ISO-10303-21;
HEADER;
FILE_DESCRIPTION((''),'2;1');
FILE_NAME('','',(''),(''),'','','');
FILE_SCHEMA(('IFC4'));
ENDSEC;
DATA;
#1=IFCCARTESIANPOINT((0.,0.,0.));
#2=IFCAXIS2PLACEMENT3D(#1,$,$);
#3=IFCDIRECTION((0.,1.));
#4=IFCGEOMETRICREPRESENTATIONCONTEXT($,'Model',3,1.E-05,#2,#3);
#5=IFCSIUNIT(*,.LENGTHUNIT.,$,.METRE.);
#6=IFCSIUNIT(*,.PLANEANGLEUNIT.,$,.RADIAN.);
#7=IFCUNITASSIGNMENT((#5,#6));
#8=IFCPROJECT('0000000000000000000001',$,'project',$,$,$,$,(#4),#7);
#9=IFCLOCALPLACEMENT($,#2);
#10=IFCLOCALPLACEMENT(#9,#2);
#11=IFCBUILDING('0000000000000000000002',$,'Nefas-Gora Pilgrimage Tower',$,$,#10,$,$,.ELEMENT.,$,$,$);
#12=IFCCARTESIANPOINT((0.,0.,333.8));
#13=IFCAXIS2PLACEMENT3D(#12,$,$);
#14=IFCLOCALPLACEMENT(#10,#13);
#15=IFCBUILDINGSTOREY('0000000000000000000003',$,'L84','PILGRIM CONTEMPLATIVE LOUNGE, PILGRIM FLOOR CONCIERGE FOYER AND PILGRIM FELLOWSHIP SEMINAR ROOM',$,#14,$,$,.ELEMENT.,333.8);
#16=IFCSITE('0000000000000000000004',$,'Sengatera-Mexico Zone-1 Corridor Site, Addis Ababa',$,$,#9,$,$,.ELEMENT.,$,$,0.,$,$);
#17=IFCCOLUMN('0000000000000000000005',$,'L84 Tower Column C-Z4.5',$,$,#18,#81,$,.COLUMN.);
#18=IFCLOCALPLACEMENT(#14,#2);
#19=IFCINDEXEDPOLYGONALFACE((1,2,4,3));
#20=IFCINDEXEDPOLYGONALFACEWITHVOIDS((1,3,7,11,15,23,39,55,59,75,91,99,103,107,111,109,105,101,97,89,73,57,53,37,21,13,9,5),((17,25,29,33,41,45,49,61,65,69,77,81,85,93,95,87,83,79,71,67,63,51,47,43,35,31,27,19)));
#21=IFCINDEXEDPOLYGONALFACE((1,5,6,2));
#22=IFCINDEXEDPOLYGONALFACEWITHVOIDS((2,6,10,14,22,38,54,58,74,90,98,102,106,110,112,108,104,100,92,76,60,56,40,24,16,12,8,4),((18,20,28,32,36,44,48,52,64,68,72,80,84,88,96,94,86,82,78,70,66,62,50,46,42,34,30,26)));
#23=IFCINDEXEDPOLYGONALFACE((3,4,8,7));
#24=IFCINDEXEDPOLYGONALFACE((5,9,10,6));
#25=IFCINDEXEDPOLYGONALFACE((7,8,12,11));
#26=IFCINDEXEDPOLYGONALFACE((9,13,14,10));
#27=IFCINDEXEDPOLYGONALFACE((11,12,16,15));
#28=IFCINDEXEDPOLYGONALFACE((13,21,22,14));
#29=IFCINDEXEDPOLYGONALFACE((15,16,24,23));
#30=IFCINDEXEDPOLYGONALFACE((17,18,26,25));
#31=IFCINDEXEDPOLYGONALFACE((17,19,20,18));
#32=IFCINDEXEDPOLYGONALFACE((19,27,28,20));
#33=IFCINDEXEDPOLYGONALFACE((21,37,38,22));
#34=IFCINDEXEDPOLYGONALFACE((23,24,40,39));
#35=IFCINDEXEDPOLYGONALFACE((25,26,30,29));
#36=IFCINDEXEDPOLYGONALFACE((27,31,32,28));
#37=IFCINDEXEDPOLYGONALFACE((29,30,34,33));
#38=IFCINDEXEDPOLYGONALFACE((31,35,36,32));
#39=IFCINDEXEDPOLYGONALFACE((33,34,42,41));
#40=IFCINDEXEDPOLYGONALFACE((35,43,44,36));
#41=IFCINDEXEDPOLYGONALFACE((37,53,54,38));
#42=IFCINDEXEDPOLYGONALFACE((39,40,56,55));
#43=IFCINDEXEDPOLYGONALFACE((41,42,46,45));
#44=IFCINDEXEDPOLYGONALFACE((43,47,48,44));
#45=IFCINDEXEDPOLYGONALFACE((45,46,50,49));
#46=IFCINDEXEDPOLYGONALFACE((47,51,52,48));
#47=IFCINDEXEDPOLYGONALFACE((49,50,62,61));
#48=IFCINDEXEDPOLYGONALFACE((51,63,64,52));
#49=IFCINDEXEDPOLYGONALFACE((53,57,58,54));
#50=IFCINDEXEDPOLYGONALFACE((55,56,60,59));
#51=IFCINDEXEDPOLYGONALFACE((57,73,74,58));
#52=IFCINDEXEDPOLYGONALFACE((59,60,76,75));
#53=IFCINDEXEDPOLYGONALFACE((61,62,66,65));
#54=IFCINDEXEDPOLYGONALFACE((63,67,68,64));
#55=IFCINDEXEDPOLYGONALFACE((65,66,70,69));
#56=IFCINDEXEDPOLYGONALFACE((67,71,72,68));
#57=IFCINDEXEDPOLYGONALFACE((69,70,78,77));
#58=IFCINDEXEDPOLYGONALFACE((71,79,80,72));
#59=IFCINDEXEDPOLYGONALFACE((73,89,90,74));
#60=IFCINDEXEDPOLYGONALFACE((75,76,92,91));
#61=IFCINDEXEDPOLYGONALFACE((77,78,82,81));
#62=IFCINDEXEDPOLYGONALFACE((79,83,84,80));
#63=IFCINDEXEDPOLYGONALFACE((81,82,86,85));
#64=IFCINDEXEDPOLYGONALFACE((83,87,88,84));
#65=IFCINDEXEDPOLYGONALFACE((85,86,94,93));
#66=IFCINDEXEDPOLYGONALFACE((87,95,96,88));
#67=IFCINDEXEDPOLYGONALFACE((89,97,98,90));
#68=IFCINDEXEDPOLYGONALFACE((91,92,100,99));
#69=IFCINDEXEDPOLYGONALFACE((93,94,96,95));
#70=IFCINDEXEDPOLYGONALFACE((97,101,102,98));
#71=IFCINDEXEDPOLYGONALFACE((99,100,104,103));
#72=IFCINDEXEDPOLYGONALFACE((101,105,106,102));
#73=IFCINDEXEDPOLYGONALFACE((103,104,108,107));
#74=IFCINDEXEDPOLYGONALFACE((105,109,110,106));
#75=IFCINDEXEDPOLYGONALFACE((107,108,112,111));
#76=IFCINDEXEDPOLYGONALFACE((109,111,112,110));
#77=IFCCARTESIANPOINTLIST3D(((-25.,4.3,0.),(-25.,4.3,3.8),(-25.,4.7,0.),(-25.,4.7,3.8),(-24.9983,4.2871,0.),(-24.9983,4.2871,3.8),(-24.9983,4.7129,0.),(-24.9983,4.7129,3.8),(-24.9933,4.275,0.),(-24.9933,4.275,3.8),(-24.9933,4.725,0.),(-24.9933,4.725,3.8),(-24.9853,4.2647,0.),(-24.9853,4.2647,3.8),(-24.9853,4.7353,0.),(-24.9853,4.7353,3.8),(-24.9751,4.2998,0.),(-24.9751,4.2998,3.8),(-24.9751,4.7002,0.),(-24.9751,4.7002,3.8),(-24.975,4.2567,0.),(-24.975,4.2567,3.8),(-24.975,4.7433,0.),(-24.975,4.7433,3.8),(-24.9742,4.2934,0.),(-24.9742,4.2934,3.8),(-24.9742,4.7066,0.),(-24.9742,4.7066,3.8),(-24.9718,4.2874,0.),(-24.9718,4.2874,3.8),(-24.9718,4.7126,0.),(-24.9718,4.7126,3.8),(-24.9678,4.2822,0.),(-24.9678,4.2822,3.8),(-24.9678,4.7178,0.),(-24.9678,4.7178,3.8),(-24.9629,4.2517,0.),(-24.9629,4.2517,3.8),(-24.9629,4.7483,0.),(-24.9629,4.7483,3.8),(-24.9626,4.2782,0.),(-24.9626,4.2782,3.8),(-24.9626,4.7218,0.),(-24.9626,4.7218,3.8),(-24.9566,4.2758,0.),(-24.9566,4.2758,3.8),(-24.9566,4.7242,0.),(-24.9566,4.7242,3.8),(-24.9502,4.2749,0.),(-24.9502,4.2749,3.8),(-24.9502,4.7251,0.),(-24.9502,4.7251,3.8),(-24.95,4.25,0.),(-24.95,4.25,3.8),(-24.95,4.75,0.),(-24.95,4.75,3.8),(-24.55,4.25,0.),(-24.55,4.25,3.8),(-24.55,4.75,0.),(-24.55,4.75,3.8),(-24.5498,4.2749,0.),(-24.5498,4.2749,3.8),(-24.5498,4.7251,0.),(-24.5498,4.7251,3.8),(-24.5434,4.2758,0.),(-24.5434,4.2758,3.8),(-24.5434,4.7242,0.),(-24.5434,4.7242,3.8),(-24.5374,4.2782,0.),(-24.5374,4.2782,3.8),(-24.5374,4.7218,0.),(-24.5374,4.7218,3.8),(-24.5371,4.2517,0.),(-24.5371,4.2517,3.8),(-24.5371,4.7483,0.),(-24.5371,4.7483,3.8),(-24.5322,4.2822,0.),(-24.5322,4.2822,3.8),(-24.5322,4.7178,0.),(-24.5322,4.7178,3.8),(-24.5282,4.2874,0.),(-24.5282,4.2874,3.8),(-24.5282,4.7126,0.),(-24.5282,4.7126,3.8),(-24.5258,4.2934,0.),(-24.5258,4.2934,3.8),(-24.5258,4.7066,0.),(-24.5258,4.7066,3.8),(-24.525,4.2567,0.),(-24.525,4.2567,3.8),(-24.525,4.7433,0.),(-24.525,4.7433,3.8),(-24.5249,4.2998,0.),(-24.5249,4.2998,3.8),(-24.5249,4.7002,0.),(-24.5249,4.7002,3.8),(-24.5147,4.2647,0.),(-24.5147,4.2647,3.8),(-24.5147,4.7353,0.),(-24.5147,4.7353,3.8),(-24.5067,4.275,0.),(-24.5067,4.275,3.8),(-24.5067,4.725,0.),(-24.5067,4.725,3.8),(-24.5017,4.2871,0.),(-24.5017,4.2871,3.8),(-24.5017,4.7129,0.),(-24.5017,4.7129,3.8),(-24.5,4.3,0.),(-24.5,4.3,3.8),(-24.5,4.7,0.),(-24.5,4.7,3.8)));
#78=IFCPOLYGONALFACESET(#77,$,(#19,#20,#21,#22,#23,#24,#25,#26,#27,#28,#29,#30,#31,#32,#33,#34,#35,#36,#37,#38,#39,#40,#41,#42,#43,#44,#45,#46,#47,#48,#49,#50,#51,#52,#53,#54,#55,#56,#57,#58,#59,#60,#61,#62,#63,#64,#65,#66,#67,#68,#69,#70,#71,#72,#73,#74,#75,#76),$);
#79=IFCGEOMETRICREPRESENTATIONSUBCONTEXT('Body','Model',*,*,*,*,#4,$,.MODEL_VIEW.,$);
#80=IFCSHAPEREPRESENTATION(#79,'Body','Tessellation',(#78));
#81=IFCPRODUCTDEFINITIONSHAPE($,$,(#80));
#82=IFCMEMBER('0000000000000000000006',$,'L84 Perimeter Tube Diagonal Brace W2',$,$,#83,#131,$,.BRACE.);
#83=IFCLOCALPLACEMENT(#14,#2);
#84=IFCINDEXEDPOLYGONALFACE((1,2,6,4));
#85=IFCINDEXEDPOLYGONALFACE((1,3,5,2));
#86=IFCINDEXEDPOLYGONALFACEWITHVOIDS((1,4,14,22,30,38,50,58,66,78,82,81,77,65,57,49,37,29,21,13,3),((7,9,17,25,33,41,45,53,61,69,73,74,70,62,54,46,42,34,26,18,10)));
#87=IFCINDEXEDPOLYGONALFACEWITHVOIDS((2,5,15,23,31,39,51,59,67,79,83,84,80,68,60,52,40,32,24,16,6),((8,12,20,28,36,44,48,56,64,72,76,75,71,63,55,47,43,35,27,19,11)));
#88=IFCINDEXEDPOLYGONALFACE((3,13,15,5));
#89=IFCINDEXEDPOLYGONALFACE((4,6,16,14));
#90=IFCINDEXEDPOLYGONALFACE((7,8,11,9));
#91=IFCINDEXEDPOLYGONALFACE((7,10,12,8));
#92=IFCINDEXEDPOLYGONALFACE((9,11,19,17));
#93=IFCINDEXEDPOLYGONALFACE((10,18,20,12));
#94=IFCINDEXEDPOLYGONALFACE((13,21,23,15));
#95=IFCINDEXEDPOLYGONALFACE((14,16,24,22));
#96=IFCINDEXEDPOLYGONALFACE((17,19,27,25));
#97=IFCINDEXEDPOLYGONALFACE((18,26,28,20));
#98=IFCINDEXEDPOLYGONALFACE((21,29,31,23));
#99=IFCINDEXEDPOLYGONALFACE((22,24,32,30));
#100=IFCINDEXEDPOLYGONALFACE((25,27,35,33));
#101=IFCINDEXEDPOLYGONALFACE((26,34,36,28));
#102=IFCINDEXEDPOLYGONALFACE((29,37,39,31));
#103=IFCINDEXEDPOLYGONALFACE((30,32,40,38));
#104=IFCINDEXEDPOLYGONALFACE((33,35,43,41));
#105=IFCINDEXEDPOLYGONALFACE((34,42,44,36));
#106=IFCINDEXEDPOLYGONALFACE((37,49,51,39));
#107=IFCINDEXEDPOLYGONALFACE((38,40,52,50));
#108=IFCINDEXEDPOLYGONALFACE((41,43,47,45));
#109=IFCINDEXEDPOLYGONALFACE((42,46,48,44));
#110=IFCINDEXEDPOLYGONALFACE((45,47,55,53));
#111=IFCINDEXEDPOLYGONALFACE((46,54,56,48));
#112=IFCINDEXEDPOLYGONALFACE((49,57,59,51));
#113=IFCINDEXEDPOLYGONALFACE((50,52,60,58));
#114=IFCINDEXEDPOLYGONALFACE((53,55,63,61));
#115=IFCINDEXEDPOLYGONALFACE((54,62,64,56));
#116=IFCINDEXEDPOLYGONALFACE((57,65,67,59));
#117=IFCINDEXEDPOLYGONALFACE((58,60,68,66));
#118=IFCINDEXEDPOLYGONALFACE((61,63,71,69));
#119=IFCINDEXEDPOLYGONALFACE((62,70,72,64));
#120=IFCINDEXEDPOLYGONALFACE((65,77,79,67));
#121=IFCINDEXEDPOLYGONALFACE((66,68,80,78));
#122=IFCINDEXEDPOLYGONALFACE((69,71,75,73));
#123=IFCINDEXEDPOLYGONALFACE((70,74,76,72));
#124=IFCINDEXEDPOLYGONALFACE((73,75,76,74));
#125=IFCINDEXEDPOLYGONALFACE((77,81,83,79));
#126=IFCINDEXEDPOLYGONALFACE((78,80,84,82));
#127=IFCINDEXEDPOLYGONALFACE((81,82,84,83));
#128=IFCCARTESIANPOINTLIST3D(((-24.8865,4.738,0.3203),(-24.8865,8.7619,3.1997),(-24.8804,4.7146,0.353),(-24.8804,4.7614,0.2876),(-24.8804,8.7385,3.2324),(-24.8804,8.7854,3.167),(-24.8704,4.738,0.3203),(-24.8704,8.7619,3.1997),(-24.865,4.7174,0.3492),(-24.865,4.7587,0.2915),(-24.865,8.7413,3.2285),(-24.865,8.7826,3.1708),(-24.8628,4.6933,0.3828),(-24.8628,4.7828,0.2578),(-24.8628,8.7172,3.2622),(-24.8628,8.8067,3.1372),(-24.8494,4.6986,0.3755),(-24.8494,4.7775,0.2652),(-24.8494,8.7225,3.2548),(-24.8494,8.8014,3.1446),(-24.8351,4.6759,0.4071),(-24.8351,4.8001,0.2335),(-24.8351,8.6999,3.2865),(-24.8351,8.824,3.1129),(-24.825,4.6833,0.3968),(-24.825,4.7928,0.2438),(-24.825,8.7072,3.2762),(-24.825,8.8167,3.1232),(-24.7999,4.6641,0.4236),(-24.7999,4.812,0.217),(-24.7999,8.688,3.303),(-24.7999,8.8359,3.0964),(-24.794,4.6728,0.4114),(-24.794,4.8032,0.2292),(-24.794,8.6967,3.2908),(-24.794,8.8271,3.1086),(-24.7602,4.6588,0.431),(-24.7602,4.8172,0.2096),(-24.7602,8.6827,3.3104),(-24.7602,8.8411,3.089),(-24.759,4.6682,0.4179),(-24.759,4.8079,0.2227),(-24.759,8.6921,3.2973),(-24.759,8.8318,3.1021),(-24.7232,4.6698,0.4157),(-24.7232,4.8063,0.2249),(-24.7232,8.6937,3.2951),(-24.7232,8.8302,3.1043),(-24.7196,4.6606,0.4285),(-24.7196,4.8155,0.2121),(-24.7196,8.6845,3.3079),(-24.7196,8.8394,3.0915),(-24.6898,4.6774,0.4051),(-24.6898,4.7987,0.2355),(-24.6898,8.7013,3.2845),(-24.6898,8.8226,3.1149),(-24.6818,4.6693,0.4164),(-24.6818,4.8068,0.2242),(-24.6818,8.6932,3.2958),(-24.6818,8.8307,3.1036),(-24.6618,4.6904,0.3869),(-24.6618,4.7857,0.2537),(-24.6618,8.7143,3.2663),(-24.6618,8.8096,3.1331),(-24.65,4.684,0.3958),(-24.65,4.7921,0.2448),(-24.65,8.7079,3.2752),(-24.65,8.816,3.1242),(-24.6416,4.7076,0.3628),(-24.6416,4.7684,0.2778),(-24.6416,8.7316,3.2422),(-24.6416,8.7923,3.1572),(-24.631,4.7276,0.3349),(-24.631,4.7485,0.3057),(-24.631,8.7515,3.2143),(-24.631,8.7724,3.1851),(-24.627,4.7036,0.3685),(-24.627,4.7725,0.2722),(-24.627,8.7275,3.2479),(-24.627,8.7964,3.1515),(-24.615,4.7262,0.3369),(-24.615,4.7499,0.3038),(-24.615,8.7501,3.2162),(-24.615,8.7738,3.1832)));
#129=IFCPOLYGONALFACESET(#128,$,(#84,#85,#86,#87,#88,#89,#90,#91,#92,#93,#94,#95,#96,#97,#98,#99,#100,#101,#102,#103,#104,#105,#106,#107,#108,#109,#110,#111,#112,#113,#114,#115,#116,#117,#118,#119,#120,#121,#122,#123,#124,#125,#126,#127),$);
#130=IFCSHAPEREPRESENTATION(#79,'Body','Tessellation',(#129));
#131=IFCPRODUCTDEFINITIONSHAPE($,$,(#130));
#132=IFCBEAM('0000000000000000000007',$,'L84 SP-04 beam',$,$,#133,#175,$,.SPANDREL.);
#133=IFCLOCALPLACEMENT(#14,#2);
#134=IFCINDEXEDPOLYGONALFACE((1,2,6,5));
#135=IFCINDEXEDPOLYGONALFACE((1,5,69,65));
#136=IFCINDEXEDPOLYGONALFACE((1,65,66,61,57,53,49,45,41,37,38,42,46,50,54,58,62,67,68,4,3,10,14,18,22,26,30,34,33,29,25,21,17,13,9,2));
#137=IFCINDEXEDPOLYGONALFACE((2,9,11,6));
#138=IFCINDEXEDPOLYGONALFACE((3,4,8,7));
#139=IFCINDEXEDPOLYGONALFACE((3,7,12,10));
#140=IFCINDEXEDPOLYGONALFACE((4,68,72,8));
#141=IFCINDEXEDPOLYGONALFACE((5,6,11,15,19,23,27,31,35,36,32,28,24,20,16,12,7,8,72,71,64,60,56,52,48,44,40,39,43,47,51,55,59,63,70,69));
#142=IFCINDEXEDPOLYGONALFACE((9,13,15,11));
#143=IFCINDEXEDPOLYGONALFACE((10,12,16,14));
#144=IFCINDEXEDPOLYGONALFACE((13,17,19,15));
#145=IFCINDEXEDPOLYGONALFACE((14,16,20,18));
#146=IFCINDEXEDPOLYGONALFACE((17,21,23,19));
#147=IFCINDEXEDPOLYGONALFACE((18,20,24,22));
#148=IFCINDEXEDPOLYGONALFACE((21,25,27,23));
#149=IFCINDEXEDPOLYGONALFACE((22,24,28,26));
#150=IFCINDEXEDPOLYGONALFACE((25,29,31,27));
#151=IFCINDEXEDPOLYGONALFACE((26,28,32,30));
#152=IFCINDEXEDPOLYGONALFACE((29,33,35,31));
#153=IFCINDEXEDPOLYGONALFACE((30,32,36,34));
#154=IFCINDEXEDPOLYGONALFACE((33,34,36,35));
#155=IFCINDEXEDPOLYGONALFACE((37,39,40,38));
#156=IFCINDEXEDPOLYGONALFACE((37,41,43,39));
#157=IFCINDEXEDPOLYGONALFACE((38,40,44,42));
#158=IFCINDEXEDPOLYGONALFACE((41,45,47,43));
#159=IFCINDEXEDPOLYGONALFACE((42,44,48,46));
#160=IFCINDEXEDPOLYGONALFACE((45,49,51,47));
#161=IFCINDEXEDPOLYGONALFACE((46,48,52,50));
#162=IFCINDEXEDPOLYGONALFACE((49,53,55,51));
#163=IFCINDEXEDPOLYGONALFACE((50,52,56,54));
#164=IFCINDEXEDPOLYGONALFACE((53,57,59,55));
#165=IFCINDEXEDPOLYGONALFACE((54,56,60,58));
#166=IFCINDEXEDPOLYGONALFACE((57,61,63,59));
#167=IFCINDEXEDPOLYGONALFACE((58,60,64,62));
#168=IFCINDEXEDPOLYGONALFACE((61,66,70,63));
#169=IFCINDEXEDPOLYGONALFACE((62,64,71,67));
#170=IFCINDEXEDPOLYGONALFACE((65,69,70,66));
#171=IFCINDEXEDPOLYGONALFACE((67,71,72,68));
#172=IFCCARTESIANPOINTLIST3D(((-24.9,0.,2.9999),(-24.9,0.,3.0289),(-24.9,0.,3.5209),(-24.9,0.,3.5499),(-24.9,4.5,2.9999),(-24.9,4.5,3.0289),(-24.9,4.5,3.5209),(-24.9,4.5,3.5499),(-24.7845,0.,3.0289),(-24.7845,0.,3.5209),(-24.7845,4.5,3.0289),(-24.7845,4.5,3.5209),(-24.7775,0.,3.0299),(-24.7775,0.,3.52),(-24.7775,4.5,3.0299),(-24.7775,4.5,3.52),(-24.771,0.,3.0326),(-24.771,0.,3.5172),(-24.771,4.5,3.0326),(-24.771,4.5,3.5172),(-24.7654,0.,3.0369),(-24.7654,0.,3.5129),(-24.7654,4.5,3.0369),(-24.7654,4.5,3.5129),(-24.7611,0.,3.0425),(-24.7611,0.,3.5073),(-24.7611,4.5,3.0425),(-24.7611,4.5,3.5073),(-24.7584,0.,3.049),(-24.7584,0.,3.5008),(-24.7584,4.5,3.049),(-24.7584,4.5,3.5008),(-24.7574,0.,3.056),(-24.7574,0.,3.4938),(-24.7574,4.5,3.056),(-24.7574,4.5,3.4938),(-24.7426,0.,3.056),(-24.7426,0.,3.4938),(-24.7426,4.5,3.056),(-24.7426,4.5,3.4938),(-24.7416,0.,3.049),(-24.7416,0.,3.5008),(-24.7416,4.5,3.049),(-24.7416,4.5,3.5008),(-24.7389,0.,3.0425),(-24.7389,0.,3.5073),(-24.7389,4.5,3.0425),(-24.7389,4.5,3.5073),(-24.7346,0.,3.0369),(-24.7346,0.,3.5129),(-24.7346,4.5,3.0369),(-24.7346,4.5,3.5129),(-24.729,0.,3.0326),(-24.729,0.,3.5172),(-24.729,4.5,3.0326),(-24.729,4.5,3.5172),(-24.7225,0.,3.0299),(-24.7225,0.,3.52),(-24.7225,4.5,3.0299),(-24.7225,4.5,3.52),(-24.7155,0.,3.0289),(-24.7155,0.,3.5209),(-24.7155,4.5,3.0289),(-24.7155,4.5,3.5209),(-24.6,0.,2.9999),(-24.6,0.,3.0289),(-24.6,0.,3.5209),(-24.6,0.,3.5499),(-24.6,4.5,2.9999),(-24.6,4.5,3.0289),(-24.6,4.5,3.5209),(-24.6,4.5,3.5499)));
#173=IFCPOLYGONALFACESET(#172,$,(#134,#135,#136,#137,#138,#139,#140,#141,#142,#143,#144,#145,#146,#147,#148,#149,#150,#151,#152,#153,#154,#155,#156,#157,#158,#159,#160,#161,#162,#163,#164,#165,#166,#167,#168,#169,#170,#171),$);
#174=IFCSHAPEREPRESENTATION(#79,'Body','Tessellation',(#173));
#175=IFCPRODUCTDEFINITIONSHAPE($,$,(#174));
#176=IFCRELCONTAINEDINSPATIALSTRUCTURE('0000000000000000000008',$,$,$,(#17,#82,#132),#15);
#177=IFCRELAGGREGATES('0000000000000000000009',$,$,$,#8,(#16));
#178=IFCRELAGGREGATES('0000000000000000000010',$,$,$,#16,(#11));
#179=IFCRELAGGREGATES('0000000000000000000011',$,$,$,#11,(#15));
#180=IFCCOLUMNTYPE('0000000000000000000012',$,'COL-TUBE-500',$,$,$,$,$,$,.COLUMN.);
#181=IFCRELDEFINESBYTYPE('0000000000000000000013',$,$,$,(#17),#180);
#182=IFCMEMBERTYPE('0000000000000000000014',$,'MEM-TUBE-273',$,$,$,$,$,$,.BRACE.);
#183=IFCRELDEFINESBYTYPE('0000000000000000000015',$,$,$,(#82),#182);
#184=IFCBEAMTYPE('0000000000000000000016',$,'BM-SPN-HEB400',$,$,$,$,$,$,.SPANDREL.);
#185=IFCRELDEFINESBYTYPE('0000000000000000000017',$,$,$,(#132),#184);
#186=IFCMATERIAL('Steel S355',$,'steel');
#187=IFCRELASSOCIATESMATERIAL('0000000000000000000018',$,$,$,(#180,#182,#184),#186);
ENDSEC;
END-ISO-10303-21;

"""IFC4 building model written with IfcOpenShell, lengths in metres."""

from ifc_helpers import new_model, si_unit, direction, frame, origin, origin_2d, place, context, subcontext, project, spatial, hollow_rectangle, hollow_circle, i_section, extrude, source, transform, mapped, material, material_profile, profile_set, type_object, element, save


model = new_model("IFC4")

# Units and contexts
model_context = context("Model", 3, precision=1e-05, world=origin(), true_north=direction((0.0, 1.0)))
body_context = subcontext(model_context, "Body", "Model", "MODEL_VIEW")
ifc_project = project(units=[si_unit("LENGTHUNIT", "METRE"), si_unit("PLANEANGLEUNIT", "RADIAN")], contexts=[model_context])

# Site, building, storey
site_placement = place(None, origin())
site = spatial("IfcSite", under=ifc_project, at=site_placement, Name="Sengatera-Mexico Zone-1 Corridor Site, Addis Ababa", CompositionType="ELEMENT", RefElevation=0.0)
building_placement = place(site_placement, origin())
building = spatial("IfcBuilding", under=site, at=building_placement, Name="Nefas-Gora Pilgrimage Tower", CompositionType="ELEMENT")
storey_placement = place(building_placement, frame((0.0, 0.0, 333.8)))
storey = spatial("IfcBuildingStorey", under=building, at=storey_placement, Name="L84", Description="PILGRIM CONTEMPLATIVE LOUNGE, PILGRIM FLOOR CONCIERGE FOYER AND PILGRIM FELLOWSHIP SEMINAR ROOM", CompositionType="ELEMENT", Elevation=333.8)

# Column
ifc_material_1 = material(Name="Steel S355", Category="steel")
ifc_material_profile_1 = material_profile(ifc_material_1, hollow_rectangle(XDim=0.5, YDim=0.5, WallThickness=0.0249, InnerFilletRadius=0.0249, OuterFilletRadius=0.05, at=origin_2d()), Name="SHS 500x500x25")
ifc_profile_set_1 = profile_set([ifc_material_profile_1], Name="Steel S355")
column_type_1 = type_object("IfcColumnType", Name="COL-TUBE-500", PredefinedType="COLUMN", material=ifc_profile_set_1)
shared_shape_1 = source(origin(), body_context, "Body", "SweptSolid", [
    extrude(hollow_rectangle(XDim=0.5, YDim=0.5, WallThickness=0.0249, InnerFilletRadius=0.0249, OuterFilletRadius=0.05, at=origin_2d()), origin(), (0.0, 0.0, 1.0), 3.8),
])
for number, where, z_axis, x_axis, name in (
    (1, (-24.75, 4.5, 0.0), (0.0, 0.0, 1.0), (1.0, 0.0, 0.0), "L84 Tower Column C-Z4.5"),
):
    element("IfcColumn", number, at=place(storey_placement, frame(where, z_axis=z_axis, x_axis=x_axis)), inside=storey, type_object=column_type_1, Name=name, PredefinedType="COLUMN", context=body_context, shape_type="MappedRepresentation", body=[
        mapped(shared_shape_1, transform((0.0, 0.0, 0.0), x_axis=(1.0, 0.0, 0.0), y_axis=(0.0, 1.0, 0.0), z_axis=(0.0, 0.0, 1.0), scale=1.0)),
    ])

# Member
ifc_material_profile_2 = material_profile(ifc_material_1, hollow_circle(Radius=0.1365, WallThickness=0.0161, at=origin_2d()), Name="CHS 273x16")
ifc_profile_set_2 = profile_set([ifc_material_profile_2], Name="Steel S355")
member_type_1 = type_object("IfcMemberType", Name="MEM-TUBE-273", PredefinedType="BRACE", material=ifc_profile_set_2)
shared_shape_2 = source(origin(), body_context, "Body", "SweptSolid", [
    extrude(hollow_circle(Radius=0.1365, WallThickness=0.0161, at=origin_2d()), origin(), (0.0, 0.0, 1.0), 4.948),
])
member_1_placement = place(storey_placement, frame((-24.75, 4.738, 0.3203), z_axis=(0.0, 0.81324, 0.581929), x_axis=(-1.0, 0.0, 0.0)))
element("IfcMember", 2, at=member_1_placement, inside=storey, type_object=member_type_1, Name="L84 Perimeter Tube Diagonal Brace W2", PredefinedType="BRACE", context=body_context, shape_type="MappedRepresentation", body=[
    mapped(shared_shape_2, transform((0.0, 0.0, 0.0), x_axis=(1.0, 0.0, 0.0), y_axis=(0.0, 1.0, 0.0), z_axis=(0.0, 0.0, 1.0), scale=1.0)),
])

# Beam
ifc_material_profile_3 = material_profile(ifc_material_1, i_section(OverallWidth=0.3, OverallDepth=0.55, WebThickness=0.0149, FlangeThickness=0.0291, FilletRadius=0.0271, at=origin_2d()), Name="HEB 550")
ifc_profile_set_3 = profile_set([ifc_material_profile_3], Name="Steel S355")
beam_type_1 = type_object("IfcBeamType", Name="BM-SPN-HEB400", PredefinedType="SPANDREL", material=ifc_profile_set_3)
shared_shape_3 = source(origin(), body_context, "Body", "SweptSolid", [
    extrude(i_section(OverallWidth=0.3, OverallDepth=0.55, WebThickness=0.0149, FlangeThickness=0.0291, FilletRadius=0.0271, at=origin_2d()), origin(), (0.0, 0.0, 1.0), 4.5),
])
for number, where, z_axis, x_axis, name in (
    (3, (-24.75, 0.0, 3.2749), (0.0, 1.0, 0.0), (-1.0, 0.0, 0.0), "L84 SP-04 beam"),
):
    element("IfcBeam", number, at=place(storey_placement, frame(where, z_axis=z_axis, x_axis=x_axis)), inside=storey, type_object=beam_type_1, Name=name, PredefinedType="SPANDREL", context=body_context, shape_type="MappedRepresentation", body=[
        mapped(shared_shape_3, transform((0.0, 0.0, 0.0), x_axis=(1.0, 0.0, 0.0), y_axis=(0.0, 1.0, 0.0), z_axis=(0.0, 0.0, 1.0), scale=1.0)),
    ])

save(model, "model.ifc")
